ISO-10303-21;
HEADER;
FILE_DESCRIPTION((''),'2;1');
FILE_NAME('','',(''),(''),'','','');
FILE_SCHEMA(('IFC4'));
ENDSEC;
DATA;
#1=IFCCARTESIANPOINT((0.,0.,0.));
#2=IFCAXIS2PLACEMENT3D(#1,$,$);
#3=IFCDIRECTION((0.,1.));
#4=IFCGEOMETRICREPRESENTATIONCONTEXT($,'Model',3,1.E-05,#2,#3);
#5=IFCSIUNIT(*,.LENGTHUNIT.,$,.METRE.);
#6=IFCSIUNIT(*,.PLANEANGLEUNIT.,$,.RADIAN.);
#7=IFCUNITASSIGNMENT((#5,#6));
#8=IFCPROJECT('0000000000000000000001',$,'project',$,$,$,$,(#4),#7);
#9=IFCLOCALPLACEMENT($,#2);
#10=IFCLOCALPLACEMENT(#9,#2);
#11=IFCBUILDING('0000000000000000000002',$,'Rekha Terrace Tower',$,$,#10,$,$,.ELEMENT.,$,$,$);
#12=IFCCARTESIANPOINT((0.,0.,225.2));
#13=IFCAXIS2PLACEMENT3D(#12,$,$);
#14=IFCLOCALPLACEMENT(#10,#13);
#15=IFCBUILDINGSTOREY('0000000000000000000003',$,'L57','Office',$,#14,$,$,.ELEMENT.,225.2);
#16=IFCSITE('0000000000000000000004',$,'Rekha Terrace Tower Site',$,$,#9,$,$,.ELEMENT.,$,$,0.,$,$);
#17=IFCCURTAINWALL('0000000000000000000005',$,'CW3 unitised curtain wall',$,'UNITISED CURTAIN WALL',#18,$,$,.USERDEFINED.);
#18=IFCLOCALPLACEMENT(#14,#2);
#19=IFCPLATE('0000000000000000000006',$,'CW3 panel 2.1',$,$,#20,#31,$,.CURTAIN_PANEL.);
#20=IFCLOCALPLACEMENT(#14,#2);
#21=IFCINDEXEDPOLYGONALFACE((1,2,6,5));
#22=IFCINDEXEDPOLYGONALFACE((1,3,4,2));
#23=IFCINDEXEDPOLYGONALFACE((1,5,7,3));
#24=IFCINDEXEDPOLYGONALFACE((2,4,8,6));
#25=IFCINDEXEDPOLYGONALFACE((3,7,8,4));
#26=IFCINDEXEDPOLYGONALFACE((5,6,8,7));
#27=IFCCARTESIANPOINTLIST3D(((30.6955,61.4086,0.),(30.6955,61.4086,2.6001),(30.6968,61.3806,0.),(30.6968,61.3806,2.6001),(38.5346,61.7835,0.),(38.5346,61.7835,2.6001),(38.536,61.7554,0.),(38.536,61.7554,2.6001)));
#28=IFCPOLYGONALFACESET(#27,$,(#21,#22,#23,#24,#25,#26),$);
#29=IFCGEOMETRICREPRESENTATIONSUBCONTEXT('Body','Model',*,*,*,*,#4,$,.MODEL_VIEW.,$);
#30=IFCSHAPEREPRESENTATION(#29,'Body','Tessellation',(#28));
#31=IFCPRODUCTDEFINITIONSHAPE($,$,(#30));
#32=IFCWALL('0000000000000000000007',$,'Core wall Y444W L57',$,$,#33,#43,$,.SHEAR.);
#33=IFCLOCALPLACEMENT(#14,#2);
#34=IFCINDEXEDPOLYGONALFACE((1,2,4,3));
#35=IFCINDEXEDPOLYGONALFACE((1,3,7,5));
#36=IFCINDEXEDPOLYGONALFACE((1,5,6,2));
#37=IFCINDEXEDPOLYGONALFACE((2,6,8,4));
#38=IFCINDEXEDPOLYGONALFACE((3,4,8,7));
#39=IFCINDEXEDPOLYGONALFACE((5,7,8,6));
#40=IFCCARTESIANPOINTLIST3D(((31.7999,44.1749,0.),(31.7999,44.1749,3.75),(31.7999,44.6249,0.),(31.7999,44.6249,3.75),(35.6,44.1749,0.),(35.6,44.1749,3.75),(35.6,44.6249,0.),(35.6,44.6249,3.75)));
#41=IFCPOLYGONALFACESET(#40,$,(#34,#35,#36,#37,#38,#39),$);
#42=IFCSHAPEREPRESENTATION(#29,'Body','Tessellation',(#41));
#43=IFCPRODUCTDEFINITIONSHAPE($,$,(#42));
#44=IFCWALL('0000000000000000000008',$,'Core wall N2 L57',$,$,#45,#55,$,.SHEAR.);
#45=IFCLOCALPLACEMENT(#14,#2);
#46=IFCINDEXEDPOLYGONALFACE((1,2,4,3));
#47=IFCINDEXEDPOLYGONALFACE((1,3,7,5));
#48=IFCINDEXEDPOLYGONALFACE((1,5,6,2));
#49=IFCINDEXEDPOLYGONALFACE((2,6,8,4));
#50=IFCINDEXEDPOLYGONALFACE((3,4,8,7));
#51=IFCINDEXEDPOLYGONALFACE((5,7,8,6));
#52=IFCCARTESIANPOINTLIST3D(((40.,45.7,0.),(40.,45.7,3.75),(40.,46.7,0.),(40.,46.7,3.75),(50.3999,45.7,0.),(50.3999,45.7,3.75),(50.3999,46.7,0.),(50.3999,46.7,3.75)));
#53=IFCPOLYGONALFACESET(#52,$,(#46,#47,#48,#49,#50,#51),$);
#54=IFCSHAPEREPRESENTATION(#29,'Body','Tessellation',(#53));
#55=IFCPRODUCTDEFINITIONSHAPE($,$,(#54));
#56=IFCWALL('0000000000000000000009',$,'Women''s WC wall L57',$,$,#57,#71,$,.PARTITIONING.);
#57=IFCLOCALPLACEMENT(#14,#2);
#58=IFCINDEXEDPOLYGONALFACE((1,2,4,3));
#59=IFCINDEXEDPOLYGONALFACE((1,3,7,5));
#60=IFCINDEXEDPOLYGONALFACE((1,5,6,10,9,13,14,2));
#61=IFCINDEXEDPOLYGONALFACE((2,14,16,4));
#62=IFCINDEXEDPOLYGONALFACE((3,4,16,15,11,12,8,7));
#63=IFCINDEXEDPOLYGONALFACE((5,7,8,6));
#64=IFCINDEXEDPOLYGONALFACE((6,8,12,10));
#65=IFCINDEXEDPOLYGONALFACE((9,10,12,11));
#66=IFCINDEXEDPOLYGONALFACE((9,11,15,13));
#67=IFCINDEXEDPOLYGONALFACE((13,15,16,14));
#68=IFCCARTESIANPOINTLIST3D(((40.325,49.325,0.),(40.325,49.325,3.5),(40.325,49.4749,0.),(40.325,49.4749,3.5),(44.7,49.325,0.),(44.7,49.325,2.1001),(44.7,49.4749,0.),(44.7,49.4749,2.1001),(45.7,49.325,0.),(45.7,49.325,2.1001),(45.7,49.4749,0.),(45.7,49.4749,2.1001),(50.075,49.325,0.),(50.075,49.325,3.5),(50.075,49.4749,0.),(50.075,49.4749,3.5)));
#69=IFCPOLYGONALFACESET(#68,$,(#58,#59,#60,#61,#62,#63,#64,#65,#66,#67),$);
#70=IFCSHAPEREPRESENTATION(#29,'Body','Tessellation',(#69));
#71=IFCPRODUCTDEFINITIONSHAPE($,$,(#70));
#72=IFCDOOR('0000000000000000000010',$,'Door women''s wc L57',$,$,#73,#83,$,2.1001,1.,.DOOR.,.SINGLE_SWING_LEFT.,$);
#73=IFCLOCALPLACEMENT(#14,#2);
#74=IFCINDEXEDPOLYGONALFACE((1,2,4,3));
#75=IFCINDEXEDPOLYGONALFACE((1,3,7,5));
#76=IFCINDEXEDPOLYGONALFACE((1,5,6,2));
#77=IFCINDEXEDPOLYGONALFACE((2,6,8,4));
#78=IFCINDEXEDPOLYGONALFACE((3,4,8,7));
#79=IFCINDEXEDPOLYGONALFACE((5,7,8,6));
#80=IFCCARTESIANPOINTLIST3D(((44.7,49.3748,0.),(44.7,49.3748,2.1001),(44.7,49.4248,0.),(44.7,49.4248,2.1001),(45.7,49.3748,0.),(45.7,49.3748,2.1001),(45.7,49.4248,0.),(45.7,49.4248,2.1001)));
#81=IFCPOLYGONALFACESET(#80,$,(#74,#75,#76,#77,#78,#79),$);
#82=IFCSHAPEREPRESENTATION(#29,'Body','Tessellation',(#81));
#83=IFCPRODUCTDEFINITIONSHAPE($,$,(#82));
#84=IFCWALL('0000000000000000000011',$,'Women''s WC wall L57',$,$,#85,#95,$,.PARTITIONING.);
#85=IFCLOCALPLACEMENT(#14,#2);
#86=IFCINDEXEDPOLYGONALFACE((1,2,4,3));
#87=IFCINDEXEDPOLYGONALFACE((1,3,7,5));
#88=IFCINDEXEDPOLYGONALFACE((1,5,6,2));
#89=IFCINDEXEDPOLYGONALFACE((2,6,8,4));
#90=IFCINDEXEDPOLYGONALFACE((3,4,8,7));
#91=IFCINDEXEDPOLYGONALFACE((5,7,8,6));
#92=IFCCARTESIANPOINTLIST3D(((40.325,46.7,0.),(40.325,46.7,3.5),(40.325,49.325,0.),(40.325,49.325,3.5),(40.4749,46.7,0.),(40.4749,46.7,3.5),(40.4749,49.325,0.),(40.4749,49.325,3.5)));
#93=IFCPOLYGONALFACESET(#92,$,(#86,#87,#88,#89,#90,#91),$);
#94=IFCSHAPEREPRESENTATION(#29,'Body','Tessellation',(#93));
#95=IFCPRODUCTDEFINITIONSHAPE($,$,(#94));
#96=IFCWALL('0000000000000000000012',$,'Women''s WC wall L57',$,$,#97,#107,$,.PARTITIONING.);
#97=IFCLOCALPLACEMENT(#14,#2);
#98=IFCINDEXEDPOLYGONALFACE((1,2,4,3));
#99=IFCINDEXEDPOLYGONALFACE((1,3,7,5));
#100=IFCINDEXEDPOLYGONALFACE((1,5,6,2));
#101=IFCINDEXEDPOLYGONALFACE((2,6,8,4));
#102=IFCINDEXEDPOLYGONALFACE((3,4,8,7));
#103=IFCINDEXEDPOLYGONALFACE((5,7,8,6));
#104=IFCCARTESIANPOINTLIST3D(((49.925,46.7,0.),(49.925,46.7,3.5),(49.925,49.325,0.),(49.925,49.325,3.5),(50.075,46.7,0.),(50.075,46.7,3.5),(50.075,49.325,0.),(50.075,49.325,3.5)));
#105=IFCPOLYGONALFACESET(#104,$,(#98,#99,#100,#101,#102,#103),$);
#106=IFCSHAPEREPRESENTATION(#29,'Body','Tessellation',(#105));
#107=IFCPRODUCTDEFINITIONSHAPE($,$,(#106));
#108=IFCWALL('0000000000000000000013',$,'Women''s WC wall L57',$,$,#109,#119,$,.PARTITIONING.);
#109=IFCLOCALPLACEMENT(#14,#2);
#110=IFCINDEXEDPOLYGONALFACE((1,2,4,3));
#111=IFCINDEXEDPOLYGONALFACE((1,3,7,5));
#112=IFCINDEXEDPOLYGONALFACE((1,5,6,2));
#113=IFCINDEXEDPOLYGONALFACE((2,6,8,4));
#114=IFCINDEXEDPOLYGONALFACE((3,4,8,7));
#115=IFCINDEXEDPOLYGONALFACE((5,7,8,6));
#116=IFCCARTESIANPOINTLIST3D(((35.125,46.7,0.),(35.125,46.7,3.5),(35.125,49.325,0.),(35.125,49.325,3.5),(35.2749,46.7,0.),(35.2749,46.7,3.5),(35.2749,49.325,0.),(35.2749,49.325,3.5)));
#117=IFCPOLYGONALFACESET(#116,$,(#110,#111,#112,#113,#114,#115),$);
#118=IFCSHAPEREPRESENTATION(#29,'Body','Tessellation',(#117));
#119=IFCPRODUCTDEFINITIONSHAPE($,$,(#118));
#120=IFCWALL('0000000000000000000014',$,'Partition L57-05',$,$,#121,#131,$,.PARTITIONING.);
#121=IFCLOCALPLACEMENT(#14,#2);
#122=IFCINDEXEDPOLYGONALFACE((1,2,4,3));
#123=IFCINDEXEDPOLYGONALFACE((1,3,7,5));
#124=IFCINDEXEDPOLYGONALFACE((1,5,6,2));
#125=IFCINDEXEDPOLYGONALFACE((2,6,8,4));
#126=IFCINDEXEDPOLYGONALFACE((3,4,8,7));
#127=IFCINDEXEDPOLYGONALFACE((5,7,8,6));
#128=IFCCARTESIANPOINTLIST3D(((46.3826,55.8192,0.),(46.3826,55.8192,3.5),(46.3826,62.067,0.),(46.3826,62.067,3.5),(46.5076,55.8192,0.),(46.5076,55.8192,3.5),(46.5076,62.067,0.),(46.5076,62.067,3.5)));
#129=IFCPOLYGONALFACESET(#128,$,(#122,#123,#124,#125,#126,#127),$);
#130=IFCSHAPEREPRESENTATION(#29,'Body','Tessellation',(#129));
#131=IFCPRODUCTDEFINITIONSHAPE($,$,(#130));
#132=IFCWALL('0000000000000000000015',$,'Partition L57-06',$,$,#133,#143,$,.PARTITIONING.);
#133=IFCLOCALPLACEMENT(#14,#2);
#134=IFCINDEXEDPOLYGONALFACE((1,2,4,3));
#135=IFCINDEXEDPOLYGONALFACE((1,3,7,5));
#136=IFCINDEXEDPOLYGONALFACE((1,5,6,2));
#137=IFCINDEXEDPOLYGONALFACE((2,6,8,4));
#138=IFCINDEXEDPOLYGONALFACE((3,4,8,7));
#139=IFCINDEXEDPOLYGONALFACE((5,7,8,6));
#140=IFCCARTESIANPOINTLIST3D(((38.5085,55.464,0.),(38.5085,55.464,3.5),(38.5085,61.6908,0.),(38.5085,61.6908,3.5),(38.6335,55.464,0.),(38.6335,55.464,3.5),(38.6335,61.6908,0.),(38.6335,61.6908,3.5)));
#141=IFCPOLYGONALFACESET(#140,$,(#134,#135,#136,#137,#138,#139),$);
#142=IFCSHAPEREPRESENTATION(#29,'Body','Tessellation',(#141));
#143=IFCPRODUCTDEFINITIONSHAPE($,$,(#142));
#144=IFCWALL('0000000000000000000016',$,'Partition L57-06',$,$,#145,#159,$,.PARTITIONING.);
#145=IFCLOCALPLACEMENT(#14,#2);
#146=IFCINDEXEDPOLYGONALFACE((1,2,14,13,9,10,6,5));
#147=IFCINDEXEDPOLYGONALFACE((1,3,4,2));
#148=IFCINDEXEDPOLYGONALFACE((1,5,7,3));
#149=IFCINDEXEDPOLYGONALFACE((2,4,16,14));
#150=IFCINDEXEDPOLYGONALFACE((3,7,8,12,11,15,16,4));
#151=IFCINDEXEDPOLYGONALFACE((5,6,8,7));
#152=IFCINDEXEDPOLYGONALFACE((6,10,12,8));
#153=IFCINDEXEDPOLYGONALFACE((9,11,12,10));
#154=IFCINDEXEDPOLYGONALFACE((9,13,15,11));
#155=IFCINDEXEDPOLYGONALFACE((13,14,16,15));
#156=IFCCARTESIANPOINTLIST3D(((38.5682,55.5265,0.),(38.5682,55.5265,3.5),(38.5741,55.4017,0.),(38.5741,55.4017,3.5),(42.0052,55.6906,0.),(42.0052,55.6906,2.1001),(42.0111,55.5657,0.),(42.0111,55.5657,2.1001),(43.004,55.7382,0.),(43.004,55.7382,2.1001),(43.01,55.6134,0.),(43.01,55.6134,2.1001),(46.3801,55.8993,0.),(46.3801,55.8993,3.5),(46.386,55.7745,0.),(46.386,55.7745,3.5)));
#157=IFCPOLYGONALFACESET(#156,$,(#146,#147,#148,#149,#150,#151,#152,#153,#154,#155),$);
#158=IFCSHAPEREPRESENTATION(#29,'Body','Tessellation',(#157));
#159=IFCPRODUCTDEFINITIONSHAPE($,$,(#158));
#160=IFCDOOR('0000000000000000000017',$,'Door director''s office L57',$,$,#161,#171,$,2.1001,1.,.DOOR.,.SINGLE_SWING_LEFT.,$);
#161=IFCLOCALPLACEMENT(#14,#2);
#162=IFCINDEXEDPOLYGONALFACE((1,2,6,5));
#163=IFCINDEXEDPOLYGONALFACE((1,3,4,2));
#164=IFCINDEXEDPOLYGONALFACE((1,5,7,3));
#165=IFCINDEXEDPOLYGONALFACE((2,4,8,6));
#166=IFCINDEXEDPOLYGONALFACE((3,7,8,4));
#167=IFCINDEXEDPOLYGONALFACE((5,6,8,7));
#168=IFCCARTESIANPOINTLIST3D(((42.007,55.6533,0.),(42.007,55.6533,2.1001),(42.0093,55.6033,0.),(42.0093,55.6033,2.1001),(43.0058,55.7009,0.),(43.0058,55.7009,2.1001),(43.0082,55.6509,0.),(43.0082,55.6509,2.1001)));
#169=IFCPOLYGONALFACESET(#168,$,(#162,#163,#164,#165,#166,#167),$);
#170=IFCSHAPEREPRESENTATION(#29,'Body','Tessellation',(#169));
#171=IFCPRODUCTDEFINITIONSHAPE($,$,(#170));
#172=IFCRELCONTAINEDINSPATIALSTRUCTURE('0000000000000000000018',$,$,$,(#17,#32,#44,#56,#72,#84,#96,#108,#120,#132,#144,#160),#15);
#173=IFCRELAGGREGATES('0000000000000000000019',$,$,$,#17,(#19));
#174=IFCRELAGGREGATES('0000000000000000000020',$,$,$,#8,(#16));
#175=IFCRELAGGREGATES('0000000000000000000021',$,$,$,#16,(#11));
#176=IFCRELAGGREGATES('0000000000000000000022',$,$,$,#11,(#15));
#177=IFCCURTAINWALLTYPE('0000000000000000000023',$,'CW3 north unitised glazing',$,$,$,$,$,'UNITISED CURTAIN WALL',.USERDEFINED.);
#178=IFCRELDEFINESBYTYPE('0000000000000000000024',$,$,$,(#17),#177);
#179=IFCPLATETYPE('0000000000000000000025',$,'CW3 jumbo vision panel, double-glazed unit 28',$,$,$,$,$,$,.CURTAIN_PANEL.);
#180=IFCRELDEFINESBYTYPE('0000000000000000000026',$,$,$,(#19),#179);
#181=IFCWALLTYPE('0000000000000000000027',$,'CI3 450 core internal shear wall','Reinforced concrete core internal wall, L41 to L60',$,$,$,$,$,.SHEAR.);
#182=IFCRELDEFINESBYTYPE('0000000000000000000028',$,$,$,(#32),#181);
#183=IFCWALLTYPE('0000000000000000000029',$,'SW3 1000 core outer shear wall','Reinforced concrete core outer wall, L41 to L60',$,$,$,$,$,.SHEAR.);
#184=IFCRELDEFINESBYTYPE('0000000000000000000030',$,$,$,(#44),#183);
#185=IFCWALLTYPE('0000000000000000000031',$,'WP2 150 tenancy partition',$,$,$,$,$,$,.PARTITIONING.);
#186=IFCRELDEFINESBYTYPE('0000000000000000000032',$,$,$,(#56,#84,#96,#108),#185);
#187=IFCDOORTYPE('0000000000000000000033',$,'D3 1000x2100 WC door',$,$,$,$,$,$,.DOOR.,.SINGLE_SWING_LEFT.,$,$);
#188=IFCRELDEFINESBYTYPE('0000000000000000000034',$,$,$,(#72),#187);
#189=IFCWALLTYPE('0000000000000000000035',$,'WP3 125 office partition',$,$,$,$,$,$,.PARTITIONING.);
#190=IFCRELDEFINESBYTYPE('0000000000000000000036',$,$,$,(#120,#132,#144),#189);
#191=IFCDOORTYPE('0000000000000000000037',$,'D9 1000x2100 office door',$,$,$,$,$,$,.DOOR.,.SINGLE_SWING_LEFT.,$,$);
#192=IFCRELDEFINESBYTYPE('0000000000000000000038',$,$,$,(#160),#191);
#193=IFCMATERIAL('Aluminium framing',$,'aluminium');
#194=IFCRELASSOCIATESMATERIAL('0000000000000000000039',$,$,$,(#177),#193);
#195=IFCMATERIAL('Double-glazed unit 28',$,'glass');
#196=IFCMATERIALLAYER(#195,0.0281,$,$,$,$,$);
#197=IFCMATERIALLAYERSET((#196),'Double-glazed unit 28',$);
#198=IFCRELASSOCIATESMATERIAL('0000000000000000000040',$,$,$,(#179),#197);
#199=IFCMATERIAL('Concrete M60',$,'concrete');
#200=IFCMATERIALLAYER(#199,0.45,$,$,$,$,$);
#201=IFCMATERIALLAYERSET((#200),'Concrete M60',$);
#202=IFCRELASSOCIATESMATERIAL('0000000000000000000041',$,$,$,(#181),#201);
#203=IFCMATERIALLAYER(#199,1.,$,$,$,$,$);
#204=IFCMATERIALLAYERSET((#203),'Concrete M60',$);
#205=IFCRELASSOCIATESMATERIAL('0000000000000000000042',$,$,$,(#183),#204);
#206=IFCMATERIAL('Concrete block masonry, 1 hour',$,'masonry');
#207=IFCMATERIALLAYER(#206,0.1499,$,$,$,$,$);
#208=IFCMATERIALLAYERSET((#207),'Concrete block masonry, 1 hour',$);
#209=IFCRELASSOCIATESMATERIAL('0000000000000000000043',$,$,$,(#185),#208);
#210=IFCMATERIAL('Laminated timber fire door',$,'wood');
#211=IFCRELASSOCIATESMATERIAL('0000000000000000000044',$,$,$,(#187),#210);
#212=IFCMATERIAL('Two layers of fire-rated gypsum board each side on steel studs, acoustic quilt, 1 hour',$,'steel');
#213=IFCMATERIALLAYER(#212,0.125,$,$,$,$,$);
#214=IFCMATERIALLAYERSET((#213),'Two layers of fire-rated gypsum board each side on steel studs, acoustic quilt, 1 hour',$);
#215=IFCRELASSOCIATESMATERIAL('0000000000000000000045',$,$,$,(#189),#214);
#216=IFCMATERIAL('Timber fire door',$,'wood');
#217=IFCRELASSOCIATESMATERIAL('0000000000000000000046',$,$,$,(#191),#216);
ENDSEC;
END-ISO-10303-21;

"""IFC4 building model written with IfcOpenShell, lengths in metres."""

from ifc_helpers import new_model, si_unit, direction, frame, frame_2d, origin, origin_2d, place, context, subcontext, project, spatial, rectangle, extrude, material, layer, layer_set, type_object, element, fill, aggregate, save


model = new_model("IFC4")

# Units and contexts
model_context = context("Model", 3, precision=1e-05, world=origin(), true_north=direction((0.0, 1.0)))
body_context = subcontext(model_context, "Body", "Model", "MODEL_VIEW")
ifc_project = project(units=[si_unit("LENGTHUNIT", "METRE"), si_unit("PLANEANGLEUNIT", "RADIAN")], contexts=[model_context])

# Site, building, storey
site_placement = place(None, origin())
site = spatial("IfcSite", under=ifc_project, at=site_placement, Name="Rekha Terrace Tower Site", CompositionType="ELEMENT", RefElevation=0.0)
building_placement = place(site_placement, origin())
building = spatial("IfcBuilding", under=site, at=building_placement, Name="Rekha Terrace Tower", CompositionType="ELEMENT")
storey_placement = place(building_placement, frame((0.0, 0.0, 225.2)))
storey = spatial("IfcBuildingStorey", under=building, at=storey_placement, Name="L57", Description="Office", CompositionType="ELEMENT", Elevation=225.2)

# Curtain wall
ifc_material_1 = material(Name="Aluminium framing", Category="aluminium")
curtain_wall_type = type_object("IfcCurtainWallType", Name="CW3 north unitised glazing", ElementType="UNITISED CURTAIN WALL", PredefinedType="USERDEFINED", material=ifc_material_1)
curtain_wall_1_placement = place(storey_placement, origin())
curtain_wall_1 = element("IfcCurtainWall", 1, at=curtain_wall_1_placement, inside=storey, type_object=curtain_wall_type, Name="CW3 unitised curtain wall", ObjectType="UNITISED CURTAIN WALL", PredefinedType="USERDEFINED")

# Shared definitions
ifc_material_2 = material(Name="Concrete M60", Category="concrete")

# Shared definitions
ifc_material_3 = material(Name="Double-glazed unit 28", Category="glass")
ifc_layer_1 = layer(ifc_material_3, 0.0281)
ifc_layer_set_1 = layer_set([ifc_layer_1], Name="Double-glazed unit 28")
plate_type = type_object("IfcPlateType", Name="CW3 jumbo vision panel, double-glazed unit 28", PredefinedType="CURTAIN_PANEL", material=ifc_layer_set_1)

# Plate
plate_1_placement = place(storey_placement, frame((34.6157, 61.582, 0.0), z_axis=(0.0, 0.0, 1.0), x_axis=(-0.998859, -0.047759, 0.0)))
plate_1 = element("IfcPlate", 2, at=plate_1_placement, type_object=plate_type, Name="CW3 panel 2.1", PredefinedType="CURTAIN_PANEL", context=body_context, shape_type="SweptSolid", body=[
    extrude(rectangle(XDim=7.8481, YDim=0.0281, at=origin_2d()), origin(), (0.0, 0.0, 1.0), 2.6001),
])
aggregate(curtain_wall_1, [plate_1])

# Walls
ifc_layer_2 = layer(ifc_material_2, 0.45)
ifc_layer_set_2 = layer_set([ifc_layer_2], Name="Concrete M60")
wall_type_1 = type_object("IfcWallType", Name="CI3 450 core internal shear wall", Description="Reinforced concrete core internal wall, L41 to L60", PredefinedType="SHEAR", material=ifc_layer_set_2)
wall_1_placement = place(storey_placement, frame((31.8, 44.3999, 0.0), z_axis=(0.0, 0.0, 1.0), x_axis=(1.0, 0.0, 0.0)))
element("IfcWall", 3, at=wall_1_placement, inside=storey, type_object=wall_type_1, Name="Core wall Y444W L57", PredefinedType="SHEAR", context=body_context, shape_type="SweptSolid", body=[
    extrude(rectangle(XDim=3.8, YDim=0.45, at=frame_2d((1.8999, 0.0))), origin(), (0.0, 0.0, 1.0), 3.75),
])
ifc_layer_3 = layer(ifc_material_2, 1.0)
ifc_layer_set_3 = layer_set([ifc_layer_3], Name="Concrete M60")
wall_type_2 = type_object("IfcWallType", Name="SW3 1000 core outer shear wall", Description="Reinforced concrete core outer wall, L41 to L60", PredefinedType="SHEAR", material=ifc_layer_set_3)
wall_2_placement = place(storey_placement, frame((40.0, 46.2, 0.0), z_axis=(0.0, 0.0, 1.0), x_axis=(1.0, 0.0, 0.0)))
element("IfcWall", 4, at=wall_2_placement, inside=storey, type_object=wall_type_2, Name="Core wall N2 L57", PredefinedType="SHEAR", context=body_context, shape_type="SweptSolid", body=[
    extrude(rectangle(XDim=10.3999, YDim=1.0, at=frame_2d((5.2, 0.0))), origin(), (0.0, 0.0, 1.0), 3.75),
])

# Wall, opening, door
ifc_material_4 = material(Name="Concrete block masonry, 1 hour", Category="masonry")
ifc_layer_4 = layer(ifc_material_4, 0.1499)
ifc_layer_set_4 = layer_set([ifc_layer_4], Name="Concrete block masonry, 1 hour")
wall_type_3 = type_object("IfcWallType", Name="WP2 150 tenancy partition", PredefinedType="PARTITIONING", material=ifc_layer_set_4)
wall_3_placement = place(storey_placement, frame((40.325, 49.3999, 0.0), z_axis=(0.0, 0.0, 1.0), x_axis=(1.0, 0.0, 0.0)))
wall_3 = element("IfcWall", 5, at=wall_3_placement, inside=storey, type_object=wall_type_3, Name="Women's WC wall L57", PredefinedType="PARTITIONING", context=body_context, shape_type="SweptSolid", body=[
    extrude(rectangle(XDim=9.75, YDim=0.1499, at=frame_2d((4.875, 0.0))), origin(), (0.0, 0.0, 1.0), 3.5),
])
opening_1_placement = place(wall_3_placement, frame((4.375, 0.0, 0.0)))
opening_1 = element("IfcOpeningElement", 6, at=opening_1_placement, cuts=wall_3, PredefinedType="OPENING", context=body_context, shape_type="SweptSolid", body=[
    extrude(rectangle(XDim=1.0, YDim=2.1001, at=frame_2d((0.5, 1.05))), frame((0.0, 0.085, 0.0), z_axis=(0.0, -1.0, 0.0), x_axis=(1.0, 0.0, 0.0)), (0.0, 0.0, 1.0), 0.1699),
])
ifc_material_5 = material(Name="Laminated timber fire door", Category="wood")
door_type_1 = type_object("IfcDoorType", Name="D3 1000x2100 WC door", OperationType="SINGLE_SWING_LEFT", PredefinedType="DOOR", material=ifc_material_5)
door_1_placement = place(opening_1_placement, origin())
door_1 = element("IfcDoor", 7, at=door_1_placement, inside=storey, type_object=door_type_1, Name="Door women's wc L57", OperationType="SINGLE_SWING_LEFT", OverallHeight=2.1001, OverallWidth=1.0, PredefinedType="DOOR", context=body_context, shape_type="SweptSolid", body=[
    extrude(rectangle(XDim=1.0, YDim=2.1001, at=frame_2d((0.5, 1.05))), frame((0.0, 0.0249, 0.0), z_axis=(0.0, -1.0, 0.0), x_axis=(1.0, 0.0, 0.0)), (0.0, 0.0, 1.0), 0.05),
])
fill(opening_1, door_1)

# Walls
for number, where, z_axis, x_axis, name in (
    (8, (40.3999, 46.7, 0.0), (0.0, 0.0, 1.0), (0.0, 1.0, 0.0), "Women's WC wall L57"),
    (9, (50.0, 46.7, 0.0), (0.0, 0.0, 1.0), (0.0, 1.0, 0.0), "Women's WC wall L57"),
    (10, (35.2, 46.7, 0.0), (0.0, 0.0, 1.0), (0.0, 1.0, 0.0), "Women's WC wall L57"),
):
    element("IfcWall", number, at=place(storey_placement, frame(where, z_axis=z_axis, x_axis=x_axis)), inside=storey, type_object=wall_type_3, Name=name, PredefinedType="PARTITIONING", context=body_context, shape_type="SweptSolid", body=[
        extrude(rectangle(XDim=2.625, YDim=0.1499, at=frame_2d((1.3125, 0.0))), origin(), (0.0, 0.0, 1.0), 3.5),
    ])
ifc_material_6 = material(Name="Two layers of fire-rated gypsum board each side on steel studs, acoustic quilt, 1 hour", Category="steel")
ifc_layer_5 = layer(ifc_material_6, 0.125)
ifc_layer_set_5 = layer_set([ifc_layer_5], Name="Two layers of fire-rated gypsum board each side on steel studs, acoustic quilt, 1 hour")
wall_type_4 = type_object("IfcWallType", Name="WP3 125 office partition", PredefinedType="PARTITIONING", material=ifc_layer_set_5)
wall_4_placement = place(storey_placement, frame((46.4451, 55.8191, 0.0), z_axis=(0.0, 0.0, 1.0), x_axis=(0.0, 1.0, 0.0)))
element("IfcWall", 11, at=wall_4_placement, inside=storey, type_object=wall_type_4, Name="Partition L57-05", PredefinedType="PARTITIONING", context=body_context, shape_type="SweptSolid", body=[
    extrude(rectangle(XDim=6.2478, YDim=0.125, at=frame_2d((3.124, 0.0))), origin(), (0.0, 0.0, 1.0), 3.5),
])
wall_5_placement = place(storey_placement, frame((38.571, 55.4641, 0.0), z_axis=(0.0, 0.0, 1.0), x_axis=(0.0, 1.0, 0.0)))
element("IfcWall", 12, at=wall_5_placement, inside=storey, type_object=wall_type_4, Name="Partition L57-06", PredefinedType="PARTITIONING", context=body_context, shape_type="SweptSolid", body=[
    extrude(rectangle(XDim=6.2268, YDim=0.125, at=frame_2d((3.1133, 0.0))), origin(), (0.0, 0.0, 1.0), 3.5),
])

# Wall, opening, door
wall_6_placement = place(storey_placement, frame((46.3831, 55.8369, 0.0), z_axis=(0.0, 0.0, 1.0), x_axis=(-0.998863, -0.047667, 0.0)))
wall_6 = element("IfcWall", 13, at=wall_6_placement, inside=storey, type_object=wall_type_4, Name="Partition L57-06", PredefinedType="PARTITIONING", context=body_context, shape_type="SweptSolid", body=[
    extrude(rectangle(XDim=7.8208, YDim=0.125, at=frame_2d((3.9104, 0.0))), origin(), (0.0, 0.0, 1.0), 3.5),
])
opening_2_placement = place(wall_6_placement, frame((3.3799, 0.0, 0.0)))
opening_2 = element("IfcOpeningElement", 14, at=opening_2_placement, cuts=wall_6, PredefinedType="OPENING", context=body_context, shape_type="SweptSolid", body=[
    extrude(rectangle(XDim=1.0, YDim=2.1001, at=frame_2d((0.5, 1.05))), frame((0.0, 0.0725, 0.0), z_axis=(0.0, -1.0, 0.0), x_axis=(1.0, 0.0, 0.0)), (0.0, 0.0, 1.0), 0.145),
])
ifc_material_7 = material(Name="Timber fire door", Category="wood")
door_type_2 = type_object("IfcDoorType", Name="D9 1000x2100 office door", OperationType="SINGLE_SWING_LEFT", PredefinedType="DOOR", material=ifc_material_7)
door_2_placement = place(opening_2_placement, origin())
door_2 = element("IfcDoor", 15, at=door_2_placement, inside=storey, type_object=door_type_2, Name="Door director's office L57", OperationType="SINGLE_SWING_LEFT", OverallHeight=2.1001, OverallWidth=1.0, PredefinedType="DOOR", context=body_context, shape_type="SweptSolid", body=[
    extrude(rectangle(XDim=1.0, YDim=2.1001, at=frame_2d((0.5, 1.05))), frame((0.0, 0.0249, 0.0), z_axis=(0.0, -1.0, 0.0), x_axis=(1.0, 0.0, 0.0)), (0.0, 0.0, 1.0), 0.05),
])
fill(opening_2, door_2)

save(model, "model.ifc")
